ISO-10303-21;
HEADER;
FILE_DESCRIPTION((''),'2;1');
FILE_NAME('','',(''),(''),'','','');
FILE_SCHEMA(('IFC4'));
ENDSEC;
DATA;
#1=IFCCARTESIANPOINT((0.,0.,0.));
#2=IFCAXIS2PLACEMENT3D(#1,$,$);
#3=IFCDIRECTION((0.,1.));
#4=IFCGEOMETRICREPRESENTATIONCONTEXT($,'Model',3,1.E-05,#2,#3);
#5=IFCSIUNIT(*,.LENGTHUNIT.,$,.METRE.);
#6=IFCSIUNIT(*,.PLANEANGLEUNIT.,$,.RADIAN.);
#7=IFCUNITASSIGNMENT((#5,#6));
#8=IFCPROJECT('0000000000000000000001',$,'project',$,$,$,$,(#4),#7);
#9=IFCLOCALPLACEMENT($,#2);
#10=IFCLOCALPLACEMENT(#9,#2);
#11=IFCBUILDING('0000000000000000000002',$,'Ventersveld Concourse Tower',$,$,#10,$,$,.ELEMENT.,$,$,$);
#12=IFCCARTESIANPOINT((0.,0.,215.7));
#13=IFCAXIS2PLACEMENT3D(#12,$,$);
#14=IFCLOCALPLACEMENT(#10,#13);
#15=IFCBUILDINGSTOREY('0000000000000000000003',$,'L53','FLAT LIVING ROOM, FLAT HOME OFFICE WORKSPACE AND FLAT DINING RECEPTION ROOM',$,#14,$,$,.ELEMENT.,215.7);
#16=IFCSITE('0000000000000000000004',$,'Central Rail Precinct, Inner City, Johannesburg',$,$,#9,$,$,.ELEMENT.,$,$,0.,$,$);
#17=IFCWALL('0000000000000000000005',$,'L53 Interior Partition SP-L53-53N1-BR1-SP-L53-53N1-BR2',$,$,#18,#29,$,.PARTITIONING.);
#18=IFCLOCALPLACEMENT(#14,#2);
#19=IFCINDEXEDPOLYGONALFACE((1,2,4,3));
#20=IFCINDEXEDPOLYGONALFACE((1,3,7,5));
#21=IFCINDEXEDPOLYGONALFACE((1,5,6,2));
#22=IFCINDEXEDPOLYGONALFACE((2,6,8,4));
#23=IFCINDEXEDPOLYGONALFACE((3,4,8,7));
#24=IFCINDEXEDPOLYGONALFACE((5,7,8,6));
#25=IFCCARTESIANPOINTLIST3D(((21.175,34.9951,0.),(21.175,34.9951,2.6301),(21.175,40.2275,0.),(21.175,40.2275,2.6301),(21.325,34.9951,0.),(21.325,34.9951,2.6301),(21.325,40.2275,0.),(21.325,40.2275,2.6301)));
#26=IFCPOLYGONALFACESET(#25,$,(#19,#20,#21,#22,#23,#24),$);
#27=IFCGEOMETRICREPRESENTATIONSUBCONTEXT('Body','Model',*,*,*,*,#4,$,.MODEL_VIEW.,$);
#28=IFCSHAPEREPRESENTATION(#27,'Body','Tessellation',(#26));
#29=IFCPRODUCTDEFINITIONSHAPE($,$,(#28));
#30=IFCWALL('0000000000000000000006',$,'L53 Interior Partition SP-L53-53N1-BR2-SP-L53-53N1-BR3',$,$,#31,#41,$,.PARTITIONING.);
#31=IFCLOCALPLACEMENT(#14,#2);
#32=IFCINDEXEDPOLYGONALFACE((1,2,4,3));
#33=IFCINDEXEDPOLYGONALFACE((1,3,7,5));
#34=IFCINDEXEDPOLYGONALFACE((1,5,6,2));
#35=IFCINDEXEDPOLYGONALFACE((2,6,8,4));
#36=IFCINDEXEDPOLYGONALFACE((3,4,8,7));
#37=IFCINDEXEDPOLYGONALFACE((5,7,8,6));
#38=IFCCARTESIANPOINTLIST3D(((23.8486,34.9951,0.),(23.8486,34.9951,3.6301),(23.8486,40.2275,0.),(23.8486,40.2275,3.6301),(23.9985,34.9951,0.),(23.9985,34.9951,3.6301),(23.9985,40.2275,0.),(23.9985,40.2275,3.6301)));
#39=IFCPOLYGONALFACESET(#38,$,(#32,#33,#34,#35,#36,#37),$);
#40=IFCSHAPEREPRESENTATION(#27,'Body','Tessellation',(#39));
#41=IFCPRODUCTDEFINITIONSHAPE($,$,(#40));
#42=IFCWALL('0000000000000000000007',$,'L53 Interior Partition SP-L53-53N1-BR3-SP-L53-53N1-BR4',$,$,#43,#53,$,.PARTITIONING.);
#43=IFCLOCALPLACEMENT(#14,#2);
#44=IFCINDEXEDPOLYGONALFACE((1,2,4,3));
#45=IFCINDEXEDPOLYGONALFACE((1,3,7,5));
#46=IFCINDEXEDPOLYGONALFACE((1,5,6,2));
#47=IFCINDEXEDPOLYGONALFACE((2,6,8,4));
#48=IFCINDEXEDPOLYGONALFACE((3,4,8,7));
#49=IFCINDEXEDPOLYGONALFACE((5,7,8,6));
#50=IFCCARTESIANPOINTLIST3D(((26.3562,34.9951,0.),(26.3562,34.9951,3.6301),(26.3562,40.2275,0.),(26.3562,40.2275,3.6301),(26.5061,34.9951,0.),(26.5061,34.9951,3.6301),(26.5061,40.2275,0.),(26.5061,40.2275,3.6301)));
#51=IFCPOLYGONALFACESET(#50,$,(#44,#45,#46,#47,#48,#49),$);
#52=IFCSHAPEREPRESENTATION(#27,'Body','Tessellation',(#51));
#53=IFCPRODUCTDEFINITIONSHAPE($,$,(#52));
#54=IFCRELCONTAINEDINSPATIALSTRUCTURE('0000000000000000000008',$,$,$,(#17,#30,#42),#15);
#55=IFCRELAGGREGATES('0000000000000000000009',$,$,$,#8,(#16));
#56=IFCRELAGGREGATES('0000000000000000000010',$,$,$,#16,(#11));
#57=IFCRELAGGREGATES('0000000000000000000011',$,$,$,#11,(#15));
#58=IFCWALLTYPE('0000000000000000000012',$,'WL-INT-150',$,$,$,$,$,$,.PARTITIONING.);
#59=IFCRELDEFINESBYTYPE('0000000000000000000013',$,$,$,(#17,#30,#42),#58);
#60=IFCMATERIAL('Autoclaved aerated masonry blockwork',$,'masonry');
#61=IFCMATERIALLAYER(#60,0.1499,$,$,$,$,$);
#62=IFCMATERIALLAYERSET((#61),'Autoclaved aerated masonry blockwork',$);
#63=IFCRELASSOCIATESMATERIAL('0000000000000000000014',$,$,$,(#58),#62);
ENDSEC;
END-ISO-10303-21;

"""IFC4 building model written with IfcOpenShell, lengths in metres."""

from ifc_helpers import new_model, si_unit, direction, frame, frame_2d, origin, place, context, subcontext, project, spatial, rectangle, extrude, material, layer, layer_set, type_object, element, save


model = new_model("IFC4")

# Units and contexts
model_context = context("Model", 3, precision=1e-05, world=origin(), true_north=direction((0.0, 1.0)))
body_context = subcontext(model_context, "Body", "Model", "MODEL_VIEW")
ifc_project = project(units=[si_unit("LENGTHUNIT", "METRE"), si_unit("PLANEANGLEUNIT", "RADIAN")], contexts=[model_context])

# Site, building, storey
site_placement = place(None, origin())
site = spatial("IfcSite", under=ifc_project, at=site_placement, Name="Central Rail Precinct, Inner City, Johannesburg", CompositionType="ELEMENT", RefElevation=0.0)
building_placement = place(site_placement, origin())
building = spatial("IfcBuilding", under=site, at=building_placement, Name="Ventersveld Concourse Tower", CompositionType="ELEMENT")
storey_placement = place(building_placement, frame((0.0, 0.0, 215.7)))
storey = spatial("IfcBuildingStorey", under=building, at=storey_placement, Name="L53", Description="FLAT LIVING ROOM, FLAT HOME OFFICE WORKSPACE AND FLAT DINING RECEPTION ROOM", CompositionType="ELEMENT", Elevation=215.7)

# Shared definitions
ifc_material_1 = material(Name="Autoclaved aerated masonry blockwork", Category="masonry")
ifc_layer_1 = layer(ifc_material_1, 0.1499)
ifc_layer_set_1 = layer_set([ifc_layer_1], Name="Autoclaved aerated masonry blockwork")
wall_type_1 = type_object("IfcWallType", Name="WL-INT-150", PredefinedType="PARTITIONING", material=ifc_layer_set_1)

# Walls
wall_1_placement = place(storey_placement, frame((21.25, 34.9951, 0.0), z_axis=(0.0, 0.0, 1.0), x_axis=(0.0, 1.0, 0.0)))
element("IfcWall", 1, at=wall_1_placement, inside=storey, type_object=wall_type_1, Name="L53 Interior Partition SP-L53-53N1-BR1-SP-L53-53N1-BR2", PredefinedType="PARTITIONING", context=body_context, shape_type="SweptSolid", body=[
    extrude(rectangle(XDim=5.2324, YDim=0.1499, at=frame_2d((2.6162, 0.0))), origin(), (0.0, 0.0, 1.0), 2.6301),
])
for number, where, z_axis, x_axis, name in (
    (2, (23.9236, 34.9951, 0.0), (0.0, 0.0, 1.0), (0.0, 1.0, 0.0), "L53 Interior Partition SP-L53-53N1-BR2-SP-L53-53N1-BR3"),
    (3, (26.4312, 34.9951, 0.0), (0.0, 0.0, 1.0), (0.0, 1.0, 0.0), "L53 Interior Partition SP-L53-53N1-BR3-SP-L53-53N1-BR4"),
):
    element("IfcWall", number, at=place(storey_placement, frame(where, z_axis=z_axis, x_axis=x_axis)), inside=storey, type_object=wall_type_1, Name=name, PredefinedType="PARTITIONING", context=body_context, shape_type="SweptSolid", body=[
        extrude(rectangle(XDim=5.2324, YDim=0.1499, at=frame_2d((2.6162, 0.0))), origin(), (0.0, 0.0, 1.0), 3.6301),
    ])

save(model, "model.ifc")
